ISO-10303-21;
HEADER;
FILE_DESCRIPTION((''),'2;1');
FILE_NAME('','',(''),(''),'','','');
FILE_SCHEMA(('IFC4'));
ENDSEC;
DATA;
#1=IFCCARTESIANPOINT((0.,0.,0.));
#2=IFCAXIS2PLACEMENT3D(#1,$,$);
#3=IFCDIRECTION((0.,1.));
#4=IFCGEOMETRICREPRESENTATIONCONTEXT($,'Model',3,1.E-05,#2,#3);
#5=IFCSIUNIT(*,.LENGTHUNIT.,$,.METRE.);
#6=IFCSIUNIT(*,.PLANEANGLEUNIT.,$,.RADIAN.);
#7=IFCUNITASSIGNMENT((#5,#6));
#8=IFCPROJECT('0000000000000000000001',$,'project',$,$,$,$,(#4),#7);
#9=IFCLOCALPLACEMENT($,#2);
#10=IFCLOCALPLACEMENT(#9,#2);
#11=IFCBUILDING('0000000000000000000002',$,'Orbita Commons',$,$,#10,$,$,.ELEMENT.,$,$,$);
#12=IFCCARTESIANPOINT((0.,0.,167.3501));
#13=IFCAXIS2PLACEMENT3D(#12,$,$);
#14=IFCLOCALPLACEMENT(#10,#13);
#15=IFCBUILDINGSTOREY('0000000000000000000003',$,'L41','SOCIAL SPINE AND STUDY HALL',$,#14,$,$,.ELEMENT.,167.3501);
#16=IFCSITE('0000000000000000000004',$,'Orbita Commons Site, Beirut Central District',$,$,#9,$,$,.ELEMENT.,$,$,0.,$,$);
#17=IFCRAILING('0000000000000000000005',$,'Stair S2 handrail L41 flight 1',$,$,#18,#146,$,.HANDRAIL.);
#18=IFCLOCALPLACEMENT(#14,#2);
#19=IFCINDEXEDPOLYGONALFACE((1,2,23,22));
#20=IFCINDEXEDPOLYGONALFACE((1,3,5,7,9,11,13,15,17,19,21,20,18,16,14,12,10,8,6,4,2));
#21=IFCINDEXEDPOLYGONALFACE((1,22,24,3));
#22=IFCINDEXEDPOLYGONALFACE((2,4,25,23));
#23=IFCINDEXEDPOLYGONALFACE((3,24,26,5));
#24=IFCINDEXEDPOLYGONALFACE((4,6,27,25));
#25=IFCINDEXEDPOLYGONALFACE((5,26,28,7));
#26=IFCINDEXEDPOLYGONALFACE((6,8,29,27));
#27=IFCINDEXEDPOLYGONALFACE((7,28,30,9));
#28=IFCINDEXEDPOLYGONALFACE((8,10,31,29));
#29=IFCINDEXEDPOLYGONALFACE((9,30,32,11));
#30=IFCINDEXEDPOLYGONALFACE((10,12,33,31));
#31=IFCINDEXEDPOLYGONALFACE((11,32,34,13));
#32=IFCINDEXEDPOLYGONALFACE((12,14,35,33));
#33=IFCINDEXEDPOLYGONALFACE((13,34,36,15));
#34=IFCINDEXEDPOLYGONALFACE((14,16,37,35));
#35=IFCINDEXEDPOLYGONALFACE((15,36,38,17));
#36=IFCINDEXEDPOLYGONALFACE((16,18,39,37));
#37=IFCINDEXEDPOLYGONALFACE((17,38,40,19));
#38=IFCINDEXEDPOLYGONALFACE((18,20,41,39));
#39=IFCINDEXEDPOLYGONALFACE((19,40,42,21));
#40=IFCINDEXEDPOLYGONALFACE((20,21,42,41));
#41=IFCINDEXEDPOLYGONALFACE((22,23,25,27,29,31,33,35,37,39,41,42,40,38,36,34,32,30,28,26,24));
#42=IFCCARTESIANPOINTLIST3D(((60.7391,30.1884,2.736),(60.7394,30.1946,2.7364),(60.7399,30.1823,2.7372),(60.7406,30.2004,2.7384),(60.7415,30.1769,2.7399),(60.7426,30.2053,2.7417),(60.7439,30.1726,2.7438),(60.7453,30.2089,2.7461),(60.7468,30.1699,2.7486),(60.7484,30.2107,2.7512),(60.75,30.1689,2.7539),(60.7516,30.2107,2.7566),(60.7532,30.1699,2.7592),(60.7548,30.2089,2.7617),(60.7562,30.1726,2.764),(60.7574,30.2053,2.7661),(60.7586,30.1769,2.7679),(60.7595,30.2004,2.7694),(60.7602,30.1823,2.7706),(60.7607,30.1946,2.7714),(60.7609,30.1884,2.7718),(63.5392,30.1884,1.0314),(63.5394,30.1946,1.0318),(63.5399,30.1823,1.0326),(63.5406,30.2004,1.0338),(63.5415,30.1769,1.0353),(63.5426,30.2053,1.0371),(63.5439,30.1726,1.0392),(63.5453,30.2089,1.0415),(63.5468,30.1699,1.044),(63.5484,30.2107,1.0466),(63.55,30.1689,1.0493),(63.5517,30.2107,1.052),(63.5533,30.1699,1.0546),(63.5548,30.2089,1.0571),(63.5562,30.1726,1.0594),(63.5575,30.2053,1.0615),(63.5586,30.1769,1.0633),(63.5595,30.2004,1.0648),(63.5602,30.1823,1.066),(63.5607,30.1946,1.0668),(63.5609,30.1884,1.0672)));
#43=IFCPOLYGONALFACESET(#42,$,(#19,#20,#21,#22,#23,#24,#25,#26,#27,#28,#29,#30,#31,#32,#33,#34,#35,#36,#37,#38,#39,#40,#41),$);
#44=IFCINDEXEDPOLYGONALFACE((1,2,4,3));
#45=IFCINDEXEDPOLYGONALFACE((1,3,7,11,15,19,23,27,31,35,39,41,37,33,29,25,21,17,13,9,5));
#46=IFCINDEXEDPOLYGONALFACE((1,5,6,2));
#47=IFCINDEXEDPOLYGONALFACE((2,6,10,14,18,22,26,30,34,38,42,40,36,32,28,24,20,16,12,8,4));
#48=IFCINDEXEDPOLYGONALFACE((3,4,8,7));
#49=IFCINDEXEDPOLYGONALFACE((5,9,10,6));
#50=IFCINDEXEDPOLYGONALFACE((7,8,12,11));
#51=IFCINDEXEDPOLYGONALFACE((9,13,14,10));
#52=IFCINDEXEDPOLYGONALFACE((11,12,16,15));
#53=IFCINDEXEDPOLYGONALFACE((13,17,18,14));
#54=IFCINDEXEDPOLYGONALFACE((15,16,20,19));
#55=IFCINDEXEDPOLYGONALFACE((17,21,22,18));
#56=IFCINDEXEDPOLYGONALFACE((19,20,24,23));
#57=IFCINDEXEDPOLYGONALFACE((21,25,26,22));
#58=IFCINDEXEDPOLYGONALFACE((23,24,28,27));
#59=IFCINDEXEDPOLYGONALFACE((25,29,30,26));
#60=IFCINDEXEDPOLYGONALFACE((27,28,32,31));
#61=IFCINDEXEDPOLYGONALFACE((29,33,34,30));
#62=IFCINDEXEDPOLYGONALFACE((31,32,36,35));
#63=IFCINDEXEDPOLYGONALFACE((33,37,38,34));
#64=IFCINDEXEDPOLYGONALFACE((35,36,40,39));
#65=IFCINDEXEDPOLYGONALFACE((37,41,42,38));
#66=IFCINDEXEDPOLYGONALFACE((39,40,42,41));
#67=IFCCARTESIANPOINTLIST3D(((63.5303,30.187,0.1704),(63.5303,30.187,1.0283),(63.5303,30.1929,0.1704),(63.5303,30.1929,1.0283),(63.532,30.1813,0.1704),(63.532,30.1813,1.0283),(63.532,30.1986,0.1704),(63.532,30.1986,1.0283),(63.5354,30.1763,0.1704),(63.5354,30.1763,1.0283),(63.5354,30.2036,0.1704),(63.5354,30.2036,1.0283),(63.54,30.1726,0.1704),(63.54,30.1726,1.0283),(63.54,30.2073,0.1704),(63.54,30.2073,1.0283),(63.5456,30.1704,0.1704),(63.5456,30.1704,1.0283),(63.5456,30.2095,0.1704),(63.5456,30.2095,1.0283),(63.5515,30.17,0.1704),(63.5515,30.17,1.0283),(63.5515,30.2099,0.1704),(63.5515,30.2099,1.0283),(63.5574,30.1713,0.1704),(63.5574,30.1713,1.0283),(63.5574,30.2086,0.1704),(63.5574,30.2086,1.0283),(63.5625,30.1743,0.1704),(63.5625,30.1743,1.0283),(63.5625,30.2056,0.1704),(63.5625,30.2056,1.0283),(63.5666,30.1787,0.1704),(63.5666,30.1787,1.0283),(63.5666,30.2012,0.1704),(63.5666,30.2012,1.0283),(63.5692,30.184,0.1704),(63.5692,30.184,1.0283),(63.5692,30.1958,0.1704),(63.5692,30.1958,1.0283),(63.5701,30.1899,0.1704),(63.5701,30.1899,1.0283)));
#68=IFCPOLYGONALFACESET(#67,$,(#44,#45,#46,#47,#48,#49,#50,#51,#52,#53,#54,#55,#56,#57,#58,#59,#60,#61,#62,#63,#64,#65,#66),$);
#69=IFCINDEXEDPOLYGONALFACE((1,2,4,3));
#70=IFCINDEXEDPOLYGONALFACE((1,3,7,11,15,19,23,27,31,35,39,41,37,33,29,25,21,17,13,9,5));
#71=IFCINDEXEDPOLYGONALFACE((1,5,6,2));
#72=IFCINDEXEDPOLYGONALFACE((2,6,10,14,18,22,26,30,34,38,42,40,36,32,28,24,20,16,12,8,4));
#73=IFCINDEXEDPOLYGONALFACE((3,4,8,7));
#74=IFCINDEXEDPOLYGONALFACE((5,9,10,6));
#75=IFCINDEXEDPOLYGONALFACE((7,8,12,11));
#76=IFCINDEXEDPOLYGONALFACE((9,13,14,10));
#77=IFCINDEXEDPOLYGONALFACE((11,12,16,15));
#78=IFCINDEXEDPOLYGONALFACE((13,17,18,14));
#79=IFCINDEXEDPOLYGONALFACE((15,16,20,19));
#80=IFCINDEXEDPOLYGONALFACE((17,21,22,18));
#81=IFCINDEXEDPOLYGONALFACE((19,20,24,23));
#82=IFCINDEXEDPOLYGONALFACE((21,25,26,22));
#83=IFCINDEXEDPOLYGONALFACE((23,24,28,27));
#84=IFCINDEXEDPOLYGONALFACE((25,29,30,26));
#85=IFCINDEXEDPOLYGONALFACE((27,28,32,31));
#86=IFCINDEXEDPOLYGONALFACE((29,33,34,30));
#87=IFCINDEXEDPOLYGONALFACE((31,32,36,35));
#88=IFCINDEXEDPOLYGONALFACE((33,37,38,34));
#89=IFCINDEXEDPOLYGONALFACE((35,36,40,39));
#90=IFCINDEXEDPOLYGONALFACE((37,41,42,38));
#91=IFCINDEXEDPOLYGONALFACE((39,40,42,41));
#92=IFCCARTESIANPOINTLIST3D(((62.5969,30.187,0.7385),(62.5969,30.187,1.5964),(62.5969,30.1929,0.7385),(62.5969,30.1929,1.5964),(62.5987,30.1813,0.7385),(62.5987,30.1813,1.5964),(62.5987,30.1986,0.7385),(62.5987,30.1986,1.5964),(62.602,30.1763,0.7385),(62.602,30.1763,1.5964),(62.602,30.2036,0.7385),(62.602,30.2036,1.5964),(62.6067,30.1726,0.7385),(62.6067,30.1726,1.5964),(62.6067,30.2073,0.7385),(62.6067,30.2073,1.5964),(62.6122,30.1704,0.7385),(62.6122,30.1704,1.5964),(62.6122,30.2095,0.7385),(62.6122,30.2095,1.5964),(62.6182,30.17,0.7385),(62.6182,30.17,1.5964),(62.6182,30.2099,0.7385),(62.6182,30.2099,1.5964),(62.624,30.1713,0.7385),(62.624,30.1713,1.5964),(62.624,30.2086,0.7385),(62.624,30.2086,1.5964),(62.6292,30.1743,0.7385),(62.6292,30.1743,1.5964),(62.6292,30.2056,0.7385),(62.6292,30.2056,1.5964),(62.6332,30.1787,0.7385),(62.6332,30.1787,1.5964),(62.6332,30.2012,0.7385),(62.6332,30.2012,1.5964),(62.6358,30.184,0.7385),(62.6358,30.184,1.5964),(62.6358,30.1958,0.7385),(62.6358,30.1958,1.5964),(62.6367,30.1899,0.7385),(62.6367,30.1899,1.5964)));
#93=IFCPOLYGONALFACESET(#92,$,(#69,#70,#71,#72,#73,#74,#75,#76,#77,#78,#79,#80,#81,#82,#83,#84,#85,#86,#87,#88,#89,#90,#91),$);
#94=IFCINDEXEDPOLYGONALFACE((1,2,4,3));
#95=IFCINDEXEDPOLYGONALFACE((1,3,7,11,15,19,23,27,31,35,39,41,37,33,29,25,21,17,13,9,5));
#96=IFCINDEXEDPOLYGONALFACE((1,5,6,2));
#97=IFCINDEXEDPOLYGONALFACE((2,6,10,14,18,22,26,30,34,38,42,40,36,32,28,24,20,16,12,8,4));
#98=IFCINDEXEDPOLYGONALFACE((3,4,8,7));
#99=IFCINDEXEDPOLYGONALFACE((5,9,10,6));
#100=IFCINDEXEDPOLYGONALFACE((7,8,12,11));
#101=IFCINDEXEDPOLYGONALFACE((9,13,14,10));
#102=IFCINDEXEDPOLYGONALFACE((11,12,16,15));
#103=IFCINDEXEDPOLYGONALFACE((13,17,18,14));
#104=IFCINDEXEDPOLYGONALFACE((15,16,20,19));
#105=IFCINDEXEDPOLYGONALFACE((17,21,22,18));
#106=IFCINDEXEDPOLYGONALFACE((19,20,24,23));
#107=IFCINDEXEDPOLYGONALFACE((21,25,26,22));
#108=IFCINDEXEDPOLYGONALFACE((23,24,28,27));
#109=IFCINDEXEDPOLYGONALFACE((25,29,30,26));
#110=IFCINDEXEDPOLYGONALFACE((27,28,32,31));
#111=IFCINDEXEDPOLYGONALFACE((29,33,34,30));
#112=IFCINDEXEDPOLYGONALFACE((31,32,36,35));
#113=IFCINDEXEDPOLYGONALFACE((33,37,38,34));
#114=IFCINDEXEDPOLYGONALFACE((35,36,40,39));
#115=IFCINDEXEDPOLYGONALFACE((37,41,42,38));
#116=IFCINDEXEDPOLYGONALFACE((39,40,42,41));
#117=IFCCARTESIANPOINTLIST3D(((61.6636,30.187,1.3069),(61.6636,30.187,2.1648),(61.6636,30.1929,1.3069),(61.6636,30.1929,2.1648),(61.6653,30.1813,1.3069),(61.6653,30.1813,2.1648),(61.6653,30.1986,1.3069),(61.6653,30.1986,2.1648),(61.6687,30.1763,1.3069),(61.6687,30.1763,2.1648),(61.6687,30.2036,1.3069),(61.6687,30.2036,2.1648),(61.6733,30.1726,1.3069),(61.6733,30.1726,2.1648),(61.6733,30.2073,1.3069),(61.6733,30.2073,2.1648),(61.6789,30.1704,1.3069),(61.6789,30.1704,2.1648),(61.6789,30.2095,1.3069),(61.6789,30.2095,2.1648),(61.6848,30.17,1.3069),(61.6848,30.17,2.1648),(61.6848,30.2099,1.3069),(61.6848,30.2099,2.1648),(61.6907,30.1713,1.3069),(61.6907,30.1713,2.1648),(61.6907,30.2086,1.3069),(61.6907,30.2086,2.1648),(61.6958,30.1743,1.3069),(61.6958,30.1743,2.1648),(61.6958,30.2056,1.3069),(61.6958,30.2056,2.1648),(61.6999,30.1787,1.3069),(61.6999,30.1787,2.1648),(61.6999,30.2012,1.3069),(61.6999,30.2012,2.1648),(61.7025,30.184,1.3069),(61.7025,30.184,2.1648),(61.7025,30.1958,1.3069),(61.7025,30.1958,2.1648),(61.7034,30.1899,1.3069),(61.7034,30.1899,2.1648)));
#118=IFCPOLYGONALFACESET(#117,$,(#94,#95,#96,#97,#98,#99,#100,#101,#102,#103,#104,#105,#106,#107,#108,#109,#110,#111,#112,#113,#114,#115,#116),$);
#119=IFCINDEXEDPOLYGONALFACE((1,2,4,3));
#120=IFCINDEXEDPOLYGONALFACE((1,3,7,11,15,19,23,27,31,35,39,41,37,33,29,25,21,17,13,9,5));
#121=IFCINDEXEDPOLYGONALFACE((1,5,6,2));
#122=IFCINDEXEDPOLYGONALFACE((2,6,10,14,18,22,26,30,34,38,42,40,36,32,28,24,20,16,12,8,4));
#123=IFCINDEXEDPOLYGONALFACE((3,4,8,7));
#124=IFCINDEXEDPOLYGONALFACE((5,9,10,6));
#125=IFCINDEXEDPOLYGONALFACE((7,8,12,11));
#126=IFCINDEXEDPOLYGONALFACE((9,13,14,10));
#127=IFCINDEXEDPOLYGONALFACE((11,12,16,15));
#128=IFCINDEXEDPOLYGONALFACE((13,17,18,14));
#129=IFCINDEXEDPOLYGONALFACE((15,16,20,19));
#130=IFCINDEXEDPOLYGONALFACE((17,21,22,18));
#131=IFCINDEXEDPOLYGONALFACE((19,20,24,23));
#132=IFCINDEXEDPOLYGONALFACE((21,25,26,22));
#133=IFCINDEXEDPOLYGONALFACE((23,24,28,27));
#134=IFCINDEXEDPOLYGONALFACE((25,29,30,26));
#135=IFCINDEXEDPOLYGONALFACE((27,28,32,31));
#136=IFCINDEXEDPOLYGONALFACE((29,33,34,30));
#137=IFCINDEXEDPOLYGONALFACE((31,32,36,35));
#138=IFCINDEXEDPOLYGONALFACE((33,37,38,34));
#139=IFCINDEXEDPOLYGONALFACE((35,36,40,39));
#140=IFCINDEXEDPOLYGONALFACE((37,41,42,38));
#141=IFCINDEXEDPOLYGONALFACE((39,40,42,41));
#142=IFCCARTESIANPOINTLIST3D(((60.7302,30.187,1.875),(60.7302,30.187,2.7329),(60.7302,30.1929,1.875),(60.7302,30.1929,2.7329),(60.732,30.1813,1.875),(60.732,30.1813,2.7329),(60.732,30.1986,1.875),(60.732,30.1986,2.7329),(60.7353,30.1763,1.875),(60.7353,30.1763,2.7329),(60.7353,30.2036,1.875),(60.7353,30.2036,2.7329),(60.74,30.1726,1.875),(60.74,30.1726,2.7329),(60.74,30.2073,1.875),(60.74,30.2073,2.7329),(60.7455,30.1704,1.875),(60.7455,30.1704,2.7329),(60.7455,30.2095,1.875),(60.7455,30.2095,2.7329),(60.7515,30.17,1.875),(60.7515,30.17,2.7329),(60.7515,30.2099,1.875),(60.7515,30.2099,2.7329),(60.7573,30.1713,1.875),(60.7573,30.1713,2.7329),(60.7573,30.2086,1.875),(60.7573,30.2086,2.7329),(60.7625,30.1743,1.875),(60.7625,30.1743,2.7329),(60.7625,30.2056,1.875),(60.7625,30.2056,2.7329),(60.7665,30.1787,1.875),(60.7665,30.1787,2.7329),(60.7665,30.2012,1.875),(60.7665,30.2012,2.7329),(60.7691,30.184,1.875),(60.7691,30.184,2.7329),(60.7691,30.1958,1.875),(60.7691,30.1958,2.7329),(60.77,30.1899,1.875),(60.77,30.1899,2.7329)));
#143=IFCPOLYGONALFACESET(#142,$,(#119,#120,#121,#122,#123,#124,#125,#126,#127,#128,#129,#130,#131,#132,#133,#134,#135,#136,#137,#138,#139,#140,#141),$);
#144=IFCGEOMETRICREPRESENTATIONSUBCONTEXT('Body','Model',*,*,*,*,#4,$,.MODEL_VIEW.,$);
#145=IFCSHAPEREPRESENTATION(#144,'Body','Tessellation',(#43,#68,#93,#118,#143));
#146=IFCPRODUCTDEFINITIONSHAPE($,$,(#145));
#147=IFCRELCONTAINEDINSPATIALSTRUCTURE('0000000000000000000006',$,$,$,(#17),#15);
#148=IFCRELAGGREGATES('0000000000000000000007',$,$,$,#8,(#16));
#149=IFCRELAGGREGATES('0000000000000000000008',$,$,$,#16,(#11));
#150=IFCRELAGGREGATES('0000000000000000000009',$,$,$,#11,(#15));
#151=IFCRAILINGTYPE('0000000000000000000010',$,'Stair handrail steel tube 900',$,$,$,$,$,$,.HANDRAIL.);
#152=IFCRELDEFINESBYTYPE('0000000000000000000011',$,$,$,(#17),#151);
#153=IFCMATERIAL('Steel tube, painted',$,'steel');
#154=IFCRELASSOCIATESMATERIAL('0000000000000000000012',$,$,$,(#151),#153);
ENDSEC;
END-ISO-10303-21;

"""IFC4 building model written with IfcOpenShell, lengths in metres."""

from ifc_helpers import new_model, si_unit, direction, frame, origin, origin_2d, place, context, subcontext, project, spatial, circle, extrude, material, type_object, element, save


model = new_model("IFC4")

# Units and contexts
model_context = context("Model", 3, precision=1e-05, world=origin(), true_north=direction((0.0, 1.0)))
body_context = subcontext(model_context, "Body", "Model", "MODEL_VIEW")
ifc_project = project(units=[si_unit("LENGTHUNIT", "METRE"), si_unit("PLANEANGLEUNIT", "RADIAN")], contexts=[model_context])

# Site, building, storey
site_placement = place(None, origin())
site = spatial("IfcSite", under=ifc_project, at=site_placement, Name="Orbita Commons Site, Beirut Central District", CompositionType="ELEMENT", RefElevation=0.0)
building_placement = place(site_placement, origin())
building = spatial("IfcBuilding", under=site, at=building_placement, Name="Orbita Commons", CompositionType="ELEMENT")
storey_placement = place(building_placement, frame((0.0, 0.0, 167.3501)))
storey = spatial("IfcBuildingStorey", under=building, at=storey_placement, Name="L41", Description="SOCIAL SPINE AND STUDY HALL", CompositionType="ELEMENT", Elevation=167.3501)

# Railing
ifc_material_1 = material(Name="Steel tube, painted", Category="steel")
railing_type = type_object("IfcRailingType", Name="Stair handrail steel tube 900", PredefinedType="HANDRAIL", material=ifc_material_1)
for number, where, name in (
    (1, (63.55, 30.1899, 0.1704), "Stair S2 handrail L41 flight 1"),
):
    element("IfcRailing", number, at=place(storey_placement, frame(where)), inside=storey, type_object=railing_type, Name=name, PredefinedType="HANDRAIL", context=body_context, shape_type="SweptSolid", body=[
        extrude(circle(Radius=0.021, at=origin_2d()), frame((0.0, 0.0, 0.8789), z_axis=(-0.85417, 0.0, 0.519994), x_axis=(0.0, -1.0, 0.0)), (0.0, 0.0, 1.0), 3.2781),
        extrude(circle(Radius=0.02, at=origin_2d()), origin(), (0.0, 0.0, 1.0), 0.8579),
        extrude(circle(Radius=0.02, at=origin_2d()), frame((-0.9333, 0.0, 0.5681)), (0.0, 0.0, 1.0), 0.8579),
        extrude(circle(Radius=0.02, at=origin_2d()), frame((-1.8667, 0.0, 1.1365)), (0.0, 0.0, 1.0), 0.8579),
        extrude(circle(Radius=0.02, at=origin_2d()), frame((-2.8, 0.0, 1.7046)), (0.0, 0.0, 1.0), 0.8579),
    ])

save(model, "model.ifc")
